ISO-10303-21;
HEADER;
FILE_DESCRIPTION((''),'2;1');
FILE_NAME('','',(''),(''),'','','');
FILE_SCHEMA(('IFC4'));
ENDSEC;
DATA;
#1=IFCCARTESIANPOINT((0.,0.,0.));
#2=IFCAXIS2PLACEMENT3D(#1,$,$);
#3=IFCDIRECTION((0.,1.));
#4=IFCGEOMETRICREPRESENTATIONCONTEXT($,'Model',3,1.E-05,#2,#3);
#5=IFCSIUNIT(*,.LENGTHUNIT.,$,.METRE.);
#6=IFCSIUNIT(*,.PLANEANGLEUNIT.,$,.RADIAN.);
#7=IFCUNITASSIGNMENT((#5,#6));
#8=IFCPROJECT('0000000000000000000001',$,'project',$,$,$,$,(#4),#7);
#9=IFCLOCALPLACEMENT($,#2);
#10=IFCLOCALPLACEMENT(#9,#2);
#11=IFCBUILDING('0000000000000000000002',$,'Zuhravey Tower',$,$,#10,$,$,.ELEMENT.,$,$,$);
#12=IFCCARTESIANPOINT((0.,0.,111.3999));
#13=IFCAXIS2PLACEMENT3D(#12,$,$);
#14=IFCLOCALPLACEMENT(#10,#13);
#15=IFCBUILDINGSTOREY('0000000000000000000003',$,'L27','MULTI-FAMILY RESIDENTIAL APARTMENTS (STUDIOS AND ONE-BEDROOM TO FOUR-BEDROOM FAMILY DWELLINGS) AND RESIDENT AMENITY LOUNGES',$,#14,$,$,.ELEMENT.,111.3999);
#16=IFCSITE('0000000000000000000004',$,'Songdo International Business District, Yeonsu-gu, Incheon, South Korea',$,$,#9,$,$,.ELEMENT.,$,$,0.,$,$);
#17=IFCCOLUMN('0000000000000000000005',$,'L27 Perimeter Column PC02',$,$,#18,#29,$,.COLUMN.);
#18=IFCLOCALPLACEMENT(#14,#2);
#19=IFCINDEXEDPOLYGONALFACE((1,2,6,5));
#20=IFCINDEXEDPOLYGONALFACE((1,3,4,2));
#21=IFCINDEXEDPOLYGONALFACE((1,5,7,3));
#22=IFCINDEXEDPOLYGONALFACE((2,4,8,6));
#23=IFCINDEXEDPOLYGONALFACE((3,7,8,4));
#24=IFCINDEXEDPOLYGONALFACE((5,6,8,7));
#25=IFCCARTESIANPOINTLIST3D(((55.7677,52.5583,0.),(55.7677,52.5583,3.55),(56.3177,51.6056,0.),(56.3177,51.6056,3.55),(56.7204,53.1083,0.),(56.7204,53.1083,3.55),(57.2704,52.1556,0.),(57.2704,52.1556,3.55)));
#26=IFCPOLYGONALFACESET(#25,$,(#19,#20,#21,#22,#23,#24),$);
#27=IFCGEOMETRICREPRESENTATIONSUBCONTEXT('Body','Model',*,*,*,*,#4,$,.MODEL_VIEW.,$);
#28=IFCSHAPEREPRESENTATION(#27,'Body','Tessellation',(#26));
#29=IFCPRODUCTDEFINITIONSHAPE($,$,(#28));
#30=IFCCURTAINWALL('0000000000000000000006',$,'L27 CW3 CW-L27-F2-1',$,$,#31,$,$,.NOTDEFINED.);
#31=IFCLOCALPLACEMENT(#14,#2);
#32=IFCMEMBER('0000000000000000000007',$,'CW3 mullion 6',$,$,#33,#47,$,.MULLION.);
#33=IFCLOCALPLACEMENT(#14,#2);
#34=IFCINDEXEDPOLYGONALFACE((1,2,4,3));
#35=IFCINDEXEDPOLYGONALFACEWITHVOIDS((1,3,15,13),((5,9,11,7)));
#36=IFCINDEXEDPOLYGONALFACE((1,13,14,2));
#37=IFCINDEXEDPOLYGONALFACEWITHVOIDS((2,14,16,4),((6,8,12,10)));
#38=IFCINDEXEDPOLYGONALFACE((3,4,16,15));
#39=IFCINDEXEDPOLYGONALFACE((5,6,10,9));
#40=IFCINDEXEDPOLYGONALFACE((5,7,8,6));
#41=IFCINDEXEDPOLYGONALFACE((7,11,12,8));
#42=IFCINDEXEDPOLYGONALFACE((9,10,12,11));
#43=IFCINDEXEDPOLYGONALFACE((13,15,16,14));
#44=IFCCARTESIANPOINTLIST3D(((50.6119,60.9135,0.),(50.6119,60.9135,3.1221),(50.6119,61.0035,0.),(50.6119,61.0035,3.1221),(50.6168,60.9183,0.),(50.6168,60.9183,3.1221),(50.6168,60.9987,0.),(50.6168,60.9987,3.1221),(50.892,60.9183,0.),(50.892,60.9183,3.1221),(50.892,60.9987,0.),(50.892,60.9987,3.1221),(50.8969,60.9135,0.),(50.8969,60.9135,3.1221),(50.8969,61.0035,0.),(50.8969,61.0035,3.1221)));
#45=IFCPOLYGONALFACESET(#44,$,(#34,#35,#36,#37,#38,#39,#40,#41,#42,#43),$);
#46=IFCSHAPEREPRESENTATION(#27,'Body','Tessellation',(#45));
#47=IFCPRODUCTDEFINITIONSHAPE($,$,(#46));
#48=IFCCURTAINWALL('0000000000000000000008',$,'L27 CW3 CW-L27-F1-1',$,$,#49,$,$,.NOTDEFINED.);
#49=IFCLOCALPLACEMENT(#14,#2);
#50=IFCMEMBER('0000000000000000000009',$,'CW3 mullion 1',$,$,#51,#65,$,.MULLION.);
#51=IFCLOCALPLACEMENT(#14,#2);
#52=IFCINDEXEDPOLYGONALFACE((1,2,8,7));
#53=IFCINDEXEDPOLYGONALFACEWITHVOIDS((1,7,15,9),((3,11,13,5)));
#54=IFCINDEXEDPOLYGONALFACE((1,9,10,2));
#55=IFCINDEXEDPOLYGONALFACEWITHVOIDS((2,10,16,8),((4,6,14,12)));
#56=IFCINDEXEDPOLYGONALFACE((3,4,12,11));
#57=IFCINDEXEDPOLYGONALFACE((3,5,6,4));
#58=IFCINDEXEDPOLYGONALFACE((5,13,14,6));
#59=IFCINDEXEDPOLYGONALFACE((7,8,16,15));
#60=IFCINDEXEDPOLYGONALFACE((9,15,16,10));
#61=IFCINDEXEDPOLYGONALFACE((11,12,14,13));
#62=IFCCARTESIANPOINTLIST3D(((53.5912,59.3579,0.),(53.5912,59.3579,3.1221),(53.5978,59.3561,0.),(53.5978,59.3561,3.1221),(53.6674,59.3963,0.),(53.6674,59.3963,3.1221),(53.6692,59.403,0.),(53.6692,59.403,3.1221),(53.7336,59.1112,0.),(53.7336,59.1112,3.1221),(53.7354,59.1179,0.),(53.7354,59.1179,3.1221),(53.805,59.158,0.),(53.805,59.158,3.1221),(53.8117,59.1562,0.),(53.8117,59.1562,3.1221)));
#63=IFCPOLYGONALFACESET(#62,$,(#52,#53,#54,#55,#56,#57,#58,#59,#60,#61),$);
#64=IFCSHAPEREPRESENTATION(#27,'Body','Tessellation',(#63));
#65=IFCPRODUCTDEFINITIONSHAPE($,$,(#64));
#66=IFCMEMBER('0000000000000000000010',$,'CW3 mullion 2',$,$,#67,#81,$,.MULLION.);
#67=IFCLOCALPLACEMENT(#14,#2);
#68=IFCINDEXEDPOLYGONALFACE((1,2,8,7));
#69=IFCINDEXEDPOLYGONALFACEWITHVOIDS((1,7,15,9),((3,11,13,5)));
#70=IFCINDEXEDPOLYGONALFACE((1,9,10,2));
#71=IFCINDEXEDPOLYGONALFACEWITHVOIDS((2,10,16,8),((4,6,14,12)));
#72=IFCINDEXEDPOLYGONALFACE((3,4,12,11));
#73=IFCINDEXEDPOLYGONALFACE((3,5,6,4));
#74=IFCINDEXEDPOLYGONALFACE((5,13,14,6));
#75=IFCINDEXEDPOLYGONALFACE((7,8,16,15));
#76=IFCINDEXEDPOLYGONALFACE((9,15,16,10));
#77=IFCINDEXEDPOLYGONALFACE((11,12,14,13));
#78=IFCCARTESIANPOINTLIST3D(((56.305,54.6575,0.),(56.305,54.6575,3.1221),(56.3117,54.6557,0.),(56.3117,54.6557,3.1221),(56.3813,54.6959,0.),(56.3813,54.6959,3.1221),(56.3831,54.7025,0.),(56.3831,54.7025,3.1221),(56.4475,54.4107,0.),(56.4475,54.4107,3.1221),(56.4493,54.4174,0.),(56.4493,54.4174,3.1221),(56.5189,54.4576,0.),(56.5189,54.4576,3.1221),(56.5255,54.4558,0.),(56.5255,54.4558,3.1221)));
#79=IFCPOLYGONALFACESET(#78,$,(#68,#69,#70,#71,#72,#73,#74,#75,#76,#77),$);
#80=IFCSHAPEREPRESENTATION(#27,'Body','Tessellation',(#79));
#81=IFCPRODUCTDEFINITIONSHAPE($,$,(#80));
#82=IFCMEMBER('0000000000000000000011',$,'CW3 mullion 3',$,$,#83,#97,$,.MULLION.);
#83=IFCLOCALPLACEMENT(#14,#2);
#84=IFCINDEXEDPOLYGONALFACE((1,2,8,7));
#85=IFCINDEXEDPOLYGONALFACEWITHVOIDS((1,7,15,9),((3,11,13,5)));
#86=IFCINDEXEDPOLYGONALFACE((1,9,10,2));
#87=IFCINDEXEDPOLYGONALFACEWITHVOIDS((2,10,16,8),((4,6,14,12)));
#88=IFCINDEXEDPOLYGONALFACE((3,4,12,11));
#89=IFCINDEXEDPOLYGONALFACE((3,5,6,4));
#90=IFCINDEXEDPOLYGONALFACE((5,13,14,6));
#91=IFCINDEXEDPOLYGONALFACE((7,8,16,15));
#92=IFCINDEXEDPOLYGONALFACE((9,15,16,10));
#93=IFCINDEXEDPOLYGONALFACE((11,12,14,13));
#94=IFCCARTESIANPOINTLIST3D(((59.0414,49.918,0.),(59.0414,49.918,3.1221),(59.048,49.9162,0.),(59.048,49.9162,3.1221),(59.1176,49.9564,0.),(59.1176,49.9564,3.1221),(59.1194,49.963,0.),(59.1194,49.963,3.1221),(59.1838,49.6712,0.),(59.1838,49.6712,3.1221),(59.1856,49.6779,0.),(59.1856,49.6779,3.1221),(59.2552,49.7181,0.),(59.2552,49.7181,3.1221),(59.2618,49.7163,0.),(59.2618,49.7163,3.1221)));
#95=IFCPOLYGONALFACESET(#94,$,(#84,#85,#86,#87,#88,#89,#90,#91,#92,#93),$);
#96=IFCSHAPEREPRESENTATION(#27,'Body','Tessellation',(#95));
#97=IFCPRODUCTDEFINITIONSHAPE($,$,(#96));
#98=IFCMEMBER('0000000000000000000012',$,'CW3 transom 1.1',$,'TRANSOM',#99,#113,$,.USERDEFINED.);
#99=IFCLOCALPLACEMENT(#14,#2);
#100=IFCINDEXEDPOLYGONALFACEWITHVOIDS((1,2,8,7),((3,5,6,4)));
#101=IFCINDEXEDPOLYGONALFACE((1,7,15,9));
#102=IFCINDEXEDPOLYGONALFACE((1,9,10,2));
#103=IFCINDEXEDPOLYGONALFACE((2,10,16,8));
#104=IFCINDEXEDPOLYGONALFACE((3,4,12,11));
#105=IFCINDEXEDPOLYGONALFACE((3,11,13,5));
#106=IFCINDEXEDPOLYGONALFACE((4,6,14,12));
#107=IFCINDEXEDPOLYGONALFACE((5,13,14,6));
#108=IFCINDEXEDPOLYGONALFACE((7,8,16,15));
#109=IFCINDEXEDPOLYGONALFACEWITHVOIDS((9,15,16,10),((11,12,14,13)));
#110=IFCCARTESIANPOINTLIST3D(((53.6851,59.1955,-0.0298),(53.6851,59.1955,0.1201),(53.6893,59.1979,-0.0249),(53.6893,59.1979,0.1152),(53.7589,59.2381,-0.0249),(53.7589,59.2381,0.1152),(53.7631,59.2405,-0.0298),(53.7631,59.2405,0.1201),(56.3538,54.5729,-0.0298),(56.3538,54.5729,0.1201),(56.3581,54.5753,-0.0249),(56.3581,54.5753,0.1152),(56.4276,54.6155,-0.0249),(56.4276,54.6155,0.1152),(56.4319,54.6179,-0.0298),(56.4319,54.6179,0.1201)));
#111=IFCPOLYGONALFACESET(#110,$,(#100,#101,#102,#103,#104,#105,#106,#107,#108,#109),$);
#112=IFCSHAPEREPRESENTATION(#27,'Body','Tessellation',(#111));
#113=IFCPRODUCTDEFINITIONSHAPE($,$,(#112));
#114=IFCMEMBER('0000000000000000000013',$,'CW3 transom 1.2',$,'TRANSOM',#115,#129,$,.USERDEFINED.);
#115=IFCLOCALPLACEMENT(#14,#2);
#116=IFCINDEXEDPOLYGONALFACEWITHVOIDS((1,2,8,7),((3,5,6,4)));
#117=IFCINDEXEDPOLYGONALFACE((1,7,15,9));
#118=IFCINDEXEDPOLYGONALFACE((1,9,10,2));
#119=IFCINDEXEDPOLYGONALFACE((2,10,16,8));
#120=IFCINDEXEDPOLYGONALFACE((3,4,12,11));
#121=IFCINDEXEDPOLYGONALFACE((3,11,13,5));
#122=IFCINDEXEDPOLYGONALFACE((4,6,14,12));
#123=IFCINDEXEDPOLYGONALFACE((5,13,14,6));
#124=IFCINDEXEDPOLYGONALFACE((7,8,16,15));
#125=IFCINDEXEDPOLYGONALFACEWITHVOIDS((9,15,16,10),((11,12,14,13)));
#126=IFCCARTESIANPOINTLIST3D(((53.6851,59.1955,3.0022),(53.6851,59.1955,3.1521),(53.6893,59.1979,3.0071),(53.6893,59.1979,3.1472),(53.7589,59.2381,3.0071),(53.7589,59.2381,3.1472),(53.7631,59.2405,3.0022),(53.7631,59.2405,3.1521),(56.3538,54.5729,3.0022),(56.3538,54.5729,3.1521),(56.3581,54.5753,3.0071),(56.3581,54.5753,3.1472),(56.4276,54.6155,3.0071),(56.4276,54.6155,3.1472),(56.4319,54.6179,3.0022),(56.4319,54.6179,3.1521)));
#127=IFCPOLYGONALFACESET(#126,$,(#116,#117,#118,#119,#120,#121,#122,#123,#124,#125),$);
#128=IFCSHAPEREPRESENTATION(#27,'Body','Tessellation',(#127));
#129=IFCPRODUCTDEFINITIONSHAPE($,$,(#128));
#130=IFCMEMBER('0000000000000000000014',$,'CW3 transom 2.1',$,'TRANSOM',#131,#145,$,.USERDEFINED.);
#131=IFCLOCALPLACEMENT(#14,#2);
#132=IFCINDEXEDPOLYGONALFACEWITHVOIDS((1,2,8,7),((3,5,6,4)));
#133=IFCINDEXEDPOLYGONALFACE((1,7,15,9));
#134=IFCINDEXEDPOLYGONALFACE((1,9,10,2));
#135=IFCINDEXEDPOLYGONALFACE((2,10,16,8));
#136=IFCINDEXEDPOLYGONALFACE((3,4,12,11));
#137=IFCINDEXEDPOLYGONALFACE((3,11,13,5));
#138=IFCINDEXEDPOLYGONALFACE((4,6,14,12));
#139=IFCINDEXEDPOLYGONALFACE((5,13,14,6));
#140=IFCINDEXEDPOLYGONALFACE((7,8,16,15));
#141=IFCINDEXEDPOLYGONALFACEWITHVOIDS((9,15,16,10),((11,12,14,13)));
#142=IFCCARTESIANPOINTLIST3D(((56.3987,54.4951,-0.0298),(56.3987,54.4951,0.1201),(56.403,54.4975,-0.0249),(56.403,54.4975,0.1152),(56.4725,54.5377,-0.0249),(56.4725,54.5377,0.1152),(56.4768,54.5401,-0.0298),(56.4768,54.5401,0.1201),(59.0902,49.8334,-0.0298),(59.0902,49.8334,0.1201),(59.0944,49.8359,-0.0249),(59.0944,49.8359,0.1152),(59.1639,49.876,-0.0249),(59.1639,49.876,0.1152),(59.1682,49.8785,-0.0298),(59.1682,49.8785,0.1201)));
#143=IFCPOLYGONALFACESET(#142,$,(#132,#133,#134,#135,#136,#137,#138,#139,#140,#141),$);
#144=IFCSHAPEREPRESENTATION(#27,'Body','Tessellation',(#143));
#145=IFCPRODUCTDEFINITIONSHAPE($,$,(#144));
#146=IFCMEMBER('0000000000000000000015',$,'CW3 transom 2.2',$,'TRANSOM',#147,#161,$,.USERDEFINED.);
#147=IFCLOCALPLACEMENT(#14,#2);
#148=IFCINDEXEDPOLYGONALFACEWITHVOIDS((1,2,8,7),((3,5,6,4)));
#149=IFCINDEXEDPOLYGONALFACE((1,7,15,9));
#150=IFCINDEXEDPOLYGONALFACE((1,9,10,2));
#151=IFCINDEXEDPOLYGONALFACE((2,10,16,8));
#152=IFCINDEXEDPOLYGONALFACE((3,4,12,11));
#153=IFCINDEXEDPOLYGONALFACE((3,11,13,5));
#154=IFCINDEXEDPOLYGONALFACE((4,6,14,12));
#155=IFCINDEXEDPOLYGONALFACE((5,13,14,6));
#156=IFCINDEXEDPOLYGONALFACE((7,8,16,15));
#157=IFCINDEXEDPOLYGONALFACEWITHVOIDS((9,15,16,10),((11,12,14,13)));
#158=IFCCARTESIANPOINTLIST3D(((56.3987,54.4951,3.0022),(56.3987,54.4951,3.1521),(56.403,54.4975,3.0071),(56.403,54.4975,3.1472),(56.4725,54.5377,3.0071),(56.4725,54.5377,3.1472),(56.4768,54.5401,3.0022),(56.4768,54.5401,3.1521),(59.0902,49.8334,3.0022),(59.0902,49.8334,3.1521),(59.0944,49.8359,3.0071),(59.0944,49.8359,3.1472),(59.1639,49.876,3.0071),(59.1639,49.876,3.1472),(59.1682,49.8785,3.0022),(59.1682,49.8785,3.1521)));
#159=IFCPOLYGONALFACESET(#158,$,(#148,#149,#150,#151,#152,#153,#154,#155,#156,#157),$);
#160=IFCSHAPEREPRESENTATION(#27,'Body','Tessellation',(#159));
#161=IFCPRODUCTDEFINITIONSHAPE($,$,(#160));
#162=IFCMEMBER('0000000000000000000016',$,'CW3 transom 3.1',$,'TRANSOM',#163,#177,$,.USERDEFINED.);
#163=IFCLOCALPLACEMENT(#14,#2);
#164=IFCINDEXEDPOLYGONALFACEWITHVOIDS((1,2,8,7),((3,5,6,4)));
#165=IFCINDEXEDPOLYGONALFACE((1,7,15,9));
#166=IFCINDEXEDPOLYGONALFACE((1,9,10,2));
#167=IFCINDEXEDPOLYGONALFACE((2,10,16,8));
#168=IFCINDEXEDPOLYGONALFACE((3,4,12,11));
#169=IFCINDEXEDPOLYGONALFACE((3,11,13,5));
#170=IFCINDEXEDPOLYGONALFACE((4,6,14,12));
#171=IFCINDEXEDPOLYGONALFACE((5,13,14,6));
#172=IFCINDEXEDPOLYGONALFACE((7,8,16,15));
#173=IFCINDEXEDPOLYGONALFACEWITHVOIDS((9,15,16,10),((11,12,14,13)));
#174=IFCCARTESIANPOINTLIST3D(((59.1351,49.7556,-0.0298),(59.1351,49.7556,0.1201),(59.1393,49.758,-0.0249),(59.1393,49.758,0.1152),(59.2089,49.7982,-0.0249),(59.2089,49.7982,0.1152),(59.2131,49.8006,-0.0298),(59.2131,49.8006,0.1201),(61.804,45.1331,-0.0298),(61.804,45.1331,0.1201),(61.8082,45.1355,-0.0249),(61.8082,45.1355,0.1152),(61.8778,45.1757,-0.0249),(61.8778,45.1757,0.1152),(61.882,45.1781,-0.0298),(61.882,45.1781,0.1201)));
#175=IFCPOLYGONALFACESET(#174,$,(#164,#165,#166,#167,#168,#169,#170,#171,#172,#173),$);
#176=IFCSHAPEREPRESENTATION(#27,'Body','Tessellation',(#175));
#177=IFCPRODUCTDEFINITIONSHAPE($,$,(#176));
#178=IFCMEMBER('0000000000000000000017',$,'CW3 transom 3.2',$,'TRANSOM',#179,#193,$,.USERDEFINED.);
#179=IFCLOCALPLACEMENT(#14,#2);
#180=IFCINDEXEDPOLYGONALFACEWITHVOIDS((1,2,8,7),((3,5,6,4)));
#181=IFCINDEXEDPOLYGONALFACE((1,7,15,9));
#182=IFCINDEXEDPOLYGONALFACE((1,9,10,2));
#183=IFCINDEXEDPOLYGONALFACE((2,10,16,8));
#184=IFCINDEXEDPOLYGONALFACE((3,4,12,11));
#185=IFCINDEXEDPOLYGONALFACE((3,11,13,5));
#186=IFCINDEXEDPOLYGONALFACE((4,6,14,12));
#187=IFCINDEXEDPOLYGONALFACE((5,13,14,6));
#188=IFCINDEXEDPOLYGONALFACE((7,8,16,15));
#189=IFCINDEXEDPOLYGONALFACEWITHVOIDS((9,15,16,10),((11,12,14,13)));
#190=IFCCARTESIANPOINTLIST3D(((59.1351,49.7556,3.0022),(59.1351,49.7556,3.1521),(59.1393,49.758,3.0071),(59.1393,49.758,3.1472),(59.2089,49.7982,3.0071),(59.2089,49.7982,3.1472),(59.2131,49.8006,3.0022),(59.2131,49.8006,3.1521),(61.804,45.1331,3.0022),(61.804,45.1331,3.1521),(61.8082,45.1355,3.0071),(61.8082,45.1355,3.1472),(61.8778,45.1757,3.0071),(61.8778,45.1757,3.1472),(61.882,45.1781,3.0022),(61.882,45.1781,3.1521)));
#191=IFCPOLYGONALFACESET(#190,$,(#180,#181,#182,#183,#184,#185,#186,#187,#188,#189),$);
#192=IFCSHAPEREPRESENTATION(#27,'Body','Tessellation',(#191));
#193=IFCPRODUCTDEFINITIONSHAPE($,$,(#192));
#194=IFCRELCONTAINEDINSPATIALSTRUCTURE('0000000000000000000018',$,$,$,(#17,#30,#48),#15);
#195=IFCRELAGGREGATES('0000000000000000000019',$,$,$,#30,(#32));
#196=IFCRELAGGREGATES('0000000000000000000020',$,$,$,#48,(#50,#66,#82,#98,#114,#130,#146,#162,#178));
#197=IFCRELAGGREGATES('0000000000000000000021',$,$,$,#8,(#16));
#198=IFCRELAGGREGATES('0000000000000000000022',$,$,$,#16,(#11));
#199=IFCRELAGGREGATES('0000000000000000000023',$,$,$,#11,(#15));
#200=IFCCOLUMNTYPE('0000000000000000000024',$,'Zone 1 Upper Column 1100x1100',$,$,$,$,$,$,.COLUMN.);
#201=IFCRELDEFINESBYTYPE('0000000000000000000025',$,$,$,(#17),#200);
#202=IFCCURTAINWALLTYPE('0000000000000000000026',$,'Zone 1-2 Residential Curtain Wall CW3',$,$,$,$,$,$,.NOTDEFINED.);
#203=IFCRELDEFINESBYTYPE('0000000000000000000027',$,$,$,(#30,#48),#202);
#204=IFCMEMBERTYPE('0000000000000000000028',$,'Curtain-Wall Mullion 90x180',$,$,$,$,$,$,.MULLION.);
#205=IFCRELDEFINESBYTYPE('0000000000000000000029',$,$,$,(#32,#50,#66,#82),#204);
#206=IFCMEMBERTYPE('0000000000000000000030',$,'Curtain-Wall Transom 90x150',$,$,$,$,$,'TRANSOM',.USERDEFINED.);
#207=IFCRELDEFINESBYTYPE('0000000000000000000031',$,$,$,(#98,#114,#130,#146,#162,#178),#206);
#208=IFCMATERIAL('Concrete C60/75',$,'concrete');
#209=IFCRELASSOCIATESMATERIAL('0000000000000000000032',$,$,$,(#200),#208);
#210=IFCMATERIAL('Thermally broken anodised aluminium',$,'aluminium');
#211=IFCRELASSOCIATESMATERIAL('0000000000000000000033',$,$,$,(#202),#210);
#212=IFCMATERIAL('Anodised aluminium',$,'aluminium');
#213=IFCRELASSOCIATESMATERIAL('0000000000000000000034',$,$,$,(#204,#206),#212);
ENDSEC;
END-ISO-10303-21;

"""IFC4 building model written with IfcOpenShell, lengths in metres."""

from ifc_helpers import new_model, si_unit, direction, frame, origin, origin_2d, place, context, subcontext, project, spatial, rectangle, hollow_rectangle, extrude, material, material_profile, profile_set, type_object, element, aggregate, save


model = new_model("IFC4")

# Units and contexts
model_context = context("Model", 3, precision=1e-05, world=origin(), true_north=direction((0.0, 1.0)))
body_context = subcontext(model_context, "Body", "Model", "MODEL_VIEW")
ifc_project = project(units=[si_unit("LENGTHUNIT", "METRE"), si_unit("PLANEANGLEUNIT", "RADIAN")], contexts=[model_context])

# Site, building, storey
site_placement = place(None, origin())
site = spatial("IfcSite", under=ifc_project, at=site_placement, Name="Songdo International Business District, Yeonsu-gu, Incheon, South Korea", CompositionType="ELEMENT", RefElevation=0.0)
building_placement = place(site_placement, origin())
building = spatial("IfcBuilding", under=site, at=building_placement, Name="Zuhravey Tower", CompositionType="ELEMENT")
storey_placement = place(building_placement, frame((0.0, 0.0, 111.3999)))
storey = spatial("IfcBuildingStorey", under=building, at=storey_placement, Name="L27", Description="MULTI-FAMILY RESIDENTIAL APARTMENTS (STUDIOS AND ONE-BEDROOM TO FOUR-BEDROOM FAMILY DWELLINGS) AND RESIDENT AMENITY LOUNGES", CompositionType="ELEMENT", Elevation=111.3999)

# Column
ifc_material_1 = material(Name="Concrete C60/75", Category="concrete")
ifc_material_profile_1 = material_profile(ifc_material_1, rectangle(XDim=1.1001, YDim=1.1001, at=origin_2d()), Name="RC-1100x1100")
ifc_profile_set_1 = profile_set([ifc_material_profile_1], Name="Concrete C60/75")
column_type = type_object("IfcColumnType", Name="Zone 1 Upper Column 1100x1100", PredefinedType="COLUMN", material=ifc_profile_set_1)
column_placement = place(storey_placement, frame((56.519, 52.3569, 0.0), z_axis=(0.0, 0.0, 1.0), x_axis=(-0.5, 0.866025, 0.0)))
element("IfcColumn", 1, at=column_placement, inside=storey, type_object=column_type, Name="L27 Perimeter Column PC02", PredefinedType="COLUMN", context=body_context, shape_type="SweptSolid", body=[
    extrude(rectangle(XDim=1.1001, YDim=1.1001, at=origin_2d()), origin(), (0.0, 0.0, 1.0), 3.55),
])

# Curtain wall, member
ifc_material_2 = material(Name="Thermally broken anodised aluminium", Category="aluminium")
curtain_wall_type = type_object("IfcCurtainWallType", Name="Zone 1-2 Residential Curtain Wall CW3", PredefinedType="NOTDEFINED", material=ifc_material_2)
curtain_wall_1_placement = place(storey_placement, origin())
curtain_wall_1 = element("IfcCurtainWall", 2, at=curtain_wall_1_placement, inside=storey, type_object=curtain_wall_type, Name="L27 CW3 CW-L27-F2-1", PredefinedType="NOTDEFINED")
ifc_material_3 = material(Name="Anodised aluminium", Category="aluminium")
ifc_material_profile_2 = material_profile(ifc_material_3, hollow_rectangle(XDim=0.0901, YDim=0.2849, WallThickness=0.0049, at=origin_2d()), Name="ALU-RHS-90x285x5")
ifc_profile_set_2 = profile_set([ifc_material_profile_2], Name="Anodised aluminium")
member_type_1 = type_object("IfcMemberType", Name="Curtain-Wall Mullion 90x180", PredefinedType="MULLION", material=ifc_profile_set_2)
member_1_placement = place(storey_placement, frame((50.7544, 60.9585, 0.0), z_axis=(0.0, 0.0, 1.0), x_axis=(0.0, 1.0, 0.0)))
member_1 = element("IfcMember", 3, at=member_1_placement, type_object=member_type_1, Name="CW3 mullion 6", PredefinedType="MULLION", context=body_context, shape_type="SweptSolid", body=[
    extrude(hollow_rectangle(XDim=0.0901, YDim=0.2849, WallThickness=0.0049, at=origin_2d()), origin(), (0.0, 0.0, 1.0), 3.1221),
])
aggregate(curtain_wall_1, [member_1])

# Curtain wall, members
curtain_wall_2_placement = place(storey_placement, origin())
curtain_wall_2 = element("IfcCurtainWall", 4, at=curtain_wall_2_placement, inside=storey, type_object=curtain_wall_type, Name="L27 CW3 CW-L27-F1-1", PredefinedType="NOTDEFINED")
member_2_placement = place(storey_placement, frame((53.7014, 59.2571, 0.0), z_axis=(0.0, 0.0, 1.0), x_axis=(0.866025, 0.5, 0.0)))
member_2 = element("IfcMember", 5, at=member_2_placement, type_object=member_type_1, Name="CW3 mullion 1", PredefinedType="MULLION", context=body_context, shape_type="SweptSolid", body=[
    extrude(hollow_rectangle(XDim=0.0901, YDim=0.2849, WallThickness=0.0049, at=origin_2d()), origin(), (0.0, 0.0, 1.0), 3.1221),
])
member_3_placement = place(storey_placement, frame((56.4153, 54.5566, 0.0), z_axis=(0.0, 0.0, 1.0), x_axis=(0.866025, 0.5, 0.0)))
member_3 = element("IfcMember", 6, at=member_3_placement, type_object=member_type_1, Name="CW3 mullion 2", PredefinedType="MULLION", context=body_context, shape_type="SweptSolid", body=[
    extrude(hollow_rectangle(XDim=0.0901, YDim=0.2849, WallThickness=0.0049, at=origin_2d()), origin(), (0.0, 0.0, 1.0), 3.1221),
])
member_4_placement = place(storey_placement, frame((59.1516, 49.8171, 0.0), z_axis=(0.0, 0.0, 1.0), x_axis=(0.866025, 0.5, 0.0)))
member_4 = element("IfcMember", 7, at=member_4_placement, type_object=member_type_1, Name="CW3 mullion 3", PredefinedType="MULLION", context=body_context, shape_type="SweptSolid", body=[
    extrude(hollow_rectangle(XDim=0.0901, YDim=0.2849, WallThickness=0.0049, at=origin_2d()), origin(), (0.0, 0.0, 1.0), 3.1221),
])
ifc_material_profile_3 = material_profile(ifc_material_3, hollow_rectangle(XDim=0.0901, YDim=0.1499, WallThickness=0.0049, at=origin_2d()), Name="ALU-RHS-90x150x5")
ifc_profile_set_3 = profile_set([ifc_material_profile_3], Name="Anodised aluminium")
member_type_2 = type_object("IfcMemberType", Name="Curtain-Wall Transom 90x150", ElementType="TRANSOM", PredefinedType="USERDEFINED", material=ifc_profile_set_3)
member_5_placement = place(storey_placement, frame((53.7241, 59.218, 0.0452), z_axis=(0.499981, -0.866036, 0.0), x_axis=(0.866036, 0.499981, 0.0)))
member_5 = element("IfcMember", 8, at=member_5_placement, type_object=member_type_2, Name="CW3 transom 1.1", ObjectType="TRANSOM", PredefinedType="USERDEFINED", context=body_context, shape_type="SweptSolid", body=[
    extrude(hollow_rectangle(XDim=0.0901, YDim=0.1499, WallThickness=0.0049, at=origin_2d()), origin(), (0.0, 0.0, 1.0), 5.3376),
])
member_6_placement = place(storey_placement, frame((53.7241, 59.218, 3.0771), z_axis=(0.499981, -0.866036, 0.0), x_axis=(0.866036, 0.499981, 0.0)))
member_6 = element("IfcMember", 9, at=member_6_placement, type_object=member_type_2, Name="CW3 transom 1.2", ObjectType="TRANSOM", PredefinedType="USERDEFINED", context=body_context, shape_type="SweptSolid", body=[
    extrude(hollow_rectangle(XDim=0.0901, YDim=0.1499, WallThickness=0.0049, at=origin_2d()), origin(), (0.0, 0.0, 1.0), 5.3376),
])
member_7_placement = place(storey_placement, frame((56.4377, 54.5176, 0.0452), z_axis=(0.500003, -0.866024, 0.0), x_axis=(0.866024, 0.500003, 0.0)))
member_7 = element("IfcMember", 10, at=member_7_placement, type_object=member_type_2, Name="CW3 transom 2.1", ObjectType="TRANSOM", PredefinedType="USERDEFINED", context=body_context, shape_type="SweptSolid", body=[
    extrude(hollow_rectangle(XDim=0.0901, YDim=0.1499, WallThickness=0.0049, at=origin_2d()), origin(), (0.0, 0.0, 1.0), 5.3828),
])
member_8_placement = place(storey_placement, frame((56.4377, 54.5176, 3.0771), z_axis=(0.500003, -0.866024, 0.0), x_axis=(0.866024, 0.500003, 0.0)))
member_8 = element("IfcMember", 11, at=member_8_placement, type_object=member_type_2, Name="CW3 transom 2.2", ObjectType="TRANSOM", PredefinedType="USERDEFINED", context=body_context, shape_type="SweptSolid", body=[
    extrude(hollow_rectangle(XDim=0.0901, YDim=0.1499, WallThickness=0.0049, at=origin_2d()), origin(), (0.0, 0.0, 1.0), 5.3828),
])
member_9_placement = place(storey_placement, frame((59.1741, 49.7781, 0.0452), z_axis=(0.500015, -0.866016, 0.0), x_axis=(0.866016, 0.500015, 0.0)))
member_9 = element("IfcMember", 12, at=member_9_placement, type_object=member_type_2, Name="CW3 transom 3.1", ObjectType="TRANSOM", PredefinedType="USERDEFINED", context=body_context, shape_type="SweptSolid", body=[
    extrude(hollow_rectangle(XDim=0.0901, YDim=0.1499, WallThickness=0.0049, at=origin_2d()), origin(), (0.0, 0.0, 1.0), 5.3376),
])
member_10_placement = place(storey_placement, frame((59.1741, 49.7781, 3.0771), z_axis=(0.500015, -0.866016, 0.0), x_axis=(0.866016, 0.500015, 0.0)))
member_10 = element("IfcMember", 13, at=member_10_placement, type_object=member_type_2, Name="CW3 transom 3.2", ObjectType="TRANSOM", PredefinedType="USERDEFINED", context=body_context, shape_type="SweptSolid", body=[
    extrude(hollow_rectangle(XDim=0.0901, YDim=0.1499, WallThickness=0.0049, at=origin_2d()), origin(), (0.0, 0.0, 1.0), 5.3376),
])

aggregate(curtain_wall_2, [member_2, member_3, member_4, member_5, member_6, member_7, member_8, member_9, member_10])

save(model, "model.ifc")
